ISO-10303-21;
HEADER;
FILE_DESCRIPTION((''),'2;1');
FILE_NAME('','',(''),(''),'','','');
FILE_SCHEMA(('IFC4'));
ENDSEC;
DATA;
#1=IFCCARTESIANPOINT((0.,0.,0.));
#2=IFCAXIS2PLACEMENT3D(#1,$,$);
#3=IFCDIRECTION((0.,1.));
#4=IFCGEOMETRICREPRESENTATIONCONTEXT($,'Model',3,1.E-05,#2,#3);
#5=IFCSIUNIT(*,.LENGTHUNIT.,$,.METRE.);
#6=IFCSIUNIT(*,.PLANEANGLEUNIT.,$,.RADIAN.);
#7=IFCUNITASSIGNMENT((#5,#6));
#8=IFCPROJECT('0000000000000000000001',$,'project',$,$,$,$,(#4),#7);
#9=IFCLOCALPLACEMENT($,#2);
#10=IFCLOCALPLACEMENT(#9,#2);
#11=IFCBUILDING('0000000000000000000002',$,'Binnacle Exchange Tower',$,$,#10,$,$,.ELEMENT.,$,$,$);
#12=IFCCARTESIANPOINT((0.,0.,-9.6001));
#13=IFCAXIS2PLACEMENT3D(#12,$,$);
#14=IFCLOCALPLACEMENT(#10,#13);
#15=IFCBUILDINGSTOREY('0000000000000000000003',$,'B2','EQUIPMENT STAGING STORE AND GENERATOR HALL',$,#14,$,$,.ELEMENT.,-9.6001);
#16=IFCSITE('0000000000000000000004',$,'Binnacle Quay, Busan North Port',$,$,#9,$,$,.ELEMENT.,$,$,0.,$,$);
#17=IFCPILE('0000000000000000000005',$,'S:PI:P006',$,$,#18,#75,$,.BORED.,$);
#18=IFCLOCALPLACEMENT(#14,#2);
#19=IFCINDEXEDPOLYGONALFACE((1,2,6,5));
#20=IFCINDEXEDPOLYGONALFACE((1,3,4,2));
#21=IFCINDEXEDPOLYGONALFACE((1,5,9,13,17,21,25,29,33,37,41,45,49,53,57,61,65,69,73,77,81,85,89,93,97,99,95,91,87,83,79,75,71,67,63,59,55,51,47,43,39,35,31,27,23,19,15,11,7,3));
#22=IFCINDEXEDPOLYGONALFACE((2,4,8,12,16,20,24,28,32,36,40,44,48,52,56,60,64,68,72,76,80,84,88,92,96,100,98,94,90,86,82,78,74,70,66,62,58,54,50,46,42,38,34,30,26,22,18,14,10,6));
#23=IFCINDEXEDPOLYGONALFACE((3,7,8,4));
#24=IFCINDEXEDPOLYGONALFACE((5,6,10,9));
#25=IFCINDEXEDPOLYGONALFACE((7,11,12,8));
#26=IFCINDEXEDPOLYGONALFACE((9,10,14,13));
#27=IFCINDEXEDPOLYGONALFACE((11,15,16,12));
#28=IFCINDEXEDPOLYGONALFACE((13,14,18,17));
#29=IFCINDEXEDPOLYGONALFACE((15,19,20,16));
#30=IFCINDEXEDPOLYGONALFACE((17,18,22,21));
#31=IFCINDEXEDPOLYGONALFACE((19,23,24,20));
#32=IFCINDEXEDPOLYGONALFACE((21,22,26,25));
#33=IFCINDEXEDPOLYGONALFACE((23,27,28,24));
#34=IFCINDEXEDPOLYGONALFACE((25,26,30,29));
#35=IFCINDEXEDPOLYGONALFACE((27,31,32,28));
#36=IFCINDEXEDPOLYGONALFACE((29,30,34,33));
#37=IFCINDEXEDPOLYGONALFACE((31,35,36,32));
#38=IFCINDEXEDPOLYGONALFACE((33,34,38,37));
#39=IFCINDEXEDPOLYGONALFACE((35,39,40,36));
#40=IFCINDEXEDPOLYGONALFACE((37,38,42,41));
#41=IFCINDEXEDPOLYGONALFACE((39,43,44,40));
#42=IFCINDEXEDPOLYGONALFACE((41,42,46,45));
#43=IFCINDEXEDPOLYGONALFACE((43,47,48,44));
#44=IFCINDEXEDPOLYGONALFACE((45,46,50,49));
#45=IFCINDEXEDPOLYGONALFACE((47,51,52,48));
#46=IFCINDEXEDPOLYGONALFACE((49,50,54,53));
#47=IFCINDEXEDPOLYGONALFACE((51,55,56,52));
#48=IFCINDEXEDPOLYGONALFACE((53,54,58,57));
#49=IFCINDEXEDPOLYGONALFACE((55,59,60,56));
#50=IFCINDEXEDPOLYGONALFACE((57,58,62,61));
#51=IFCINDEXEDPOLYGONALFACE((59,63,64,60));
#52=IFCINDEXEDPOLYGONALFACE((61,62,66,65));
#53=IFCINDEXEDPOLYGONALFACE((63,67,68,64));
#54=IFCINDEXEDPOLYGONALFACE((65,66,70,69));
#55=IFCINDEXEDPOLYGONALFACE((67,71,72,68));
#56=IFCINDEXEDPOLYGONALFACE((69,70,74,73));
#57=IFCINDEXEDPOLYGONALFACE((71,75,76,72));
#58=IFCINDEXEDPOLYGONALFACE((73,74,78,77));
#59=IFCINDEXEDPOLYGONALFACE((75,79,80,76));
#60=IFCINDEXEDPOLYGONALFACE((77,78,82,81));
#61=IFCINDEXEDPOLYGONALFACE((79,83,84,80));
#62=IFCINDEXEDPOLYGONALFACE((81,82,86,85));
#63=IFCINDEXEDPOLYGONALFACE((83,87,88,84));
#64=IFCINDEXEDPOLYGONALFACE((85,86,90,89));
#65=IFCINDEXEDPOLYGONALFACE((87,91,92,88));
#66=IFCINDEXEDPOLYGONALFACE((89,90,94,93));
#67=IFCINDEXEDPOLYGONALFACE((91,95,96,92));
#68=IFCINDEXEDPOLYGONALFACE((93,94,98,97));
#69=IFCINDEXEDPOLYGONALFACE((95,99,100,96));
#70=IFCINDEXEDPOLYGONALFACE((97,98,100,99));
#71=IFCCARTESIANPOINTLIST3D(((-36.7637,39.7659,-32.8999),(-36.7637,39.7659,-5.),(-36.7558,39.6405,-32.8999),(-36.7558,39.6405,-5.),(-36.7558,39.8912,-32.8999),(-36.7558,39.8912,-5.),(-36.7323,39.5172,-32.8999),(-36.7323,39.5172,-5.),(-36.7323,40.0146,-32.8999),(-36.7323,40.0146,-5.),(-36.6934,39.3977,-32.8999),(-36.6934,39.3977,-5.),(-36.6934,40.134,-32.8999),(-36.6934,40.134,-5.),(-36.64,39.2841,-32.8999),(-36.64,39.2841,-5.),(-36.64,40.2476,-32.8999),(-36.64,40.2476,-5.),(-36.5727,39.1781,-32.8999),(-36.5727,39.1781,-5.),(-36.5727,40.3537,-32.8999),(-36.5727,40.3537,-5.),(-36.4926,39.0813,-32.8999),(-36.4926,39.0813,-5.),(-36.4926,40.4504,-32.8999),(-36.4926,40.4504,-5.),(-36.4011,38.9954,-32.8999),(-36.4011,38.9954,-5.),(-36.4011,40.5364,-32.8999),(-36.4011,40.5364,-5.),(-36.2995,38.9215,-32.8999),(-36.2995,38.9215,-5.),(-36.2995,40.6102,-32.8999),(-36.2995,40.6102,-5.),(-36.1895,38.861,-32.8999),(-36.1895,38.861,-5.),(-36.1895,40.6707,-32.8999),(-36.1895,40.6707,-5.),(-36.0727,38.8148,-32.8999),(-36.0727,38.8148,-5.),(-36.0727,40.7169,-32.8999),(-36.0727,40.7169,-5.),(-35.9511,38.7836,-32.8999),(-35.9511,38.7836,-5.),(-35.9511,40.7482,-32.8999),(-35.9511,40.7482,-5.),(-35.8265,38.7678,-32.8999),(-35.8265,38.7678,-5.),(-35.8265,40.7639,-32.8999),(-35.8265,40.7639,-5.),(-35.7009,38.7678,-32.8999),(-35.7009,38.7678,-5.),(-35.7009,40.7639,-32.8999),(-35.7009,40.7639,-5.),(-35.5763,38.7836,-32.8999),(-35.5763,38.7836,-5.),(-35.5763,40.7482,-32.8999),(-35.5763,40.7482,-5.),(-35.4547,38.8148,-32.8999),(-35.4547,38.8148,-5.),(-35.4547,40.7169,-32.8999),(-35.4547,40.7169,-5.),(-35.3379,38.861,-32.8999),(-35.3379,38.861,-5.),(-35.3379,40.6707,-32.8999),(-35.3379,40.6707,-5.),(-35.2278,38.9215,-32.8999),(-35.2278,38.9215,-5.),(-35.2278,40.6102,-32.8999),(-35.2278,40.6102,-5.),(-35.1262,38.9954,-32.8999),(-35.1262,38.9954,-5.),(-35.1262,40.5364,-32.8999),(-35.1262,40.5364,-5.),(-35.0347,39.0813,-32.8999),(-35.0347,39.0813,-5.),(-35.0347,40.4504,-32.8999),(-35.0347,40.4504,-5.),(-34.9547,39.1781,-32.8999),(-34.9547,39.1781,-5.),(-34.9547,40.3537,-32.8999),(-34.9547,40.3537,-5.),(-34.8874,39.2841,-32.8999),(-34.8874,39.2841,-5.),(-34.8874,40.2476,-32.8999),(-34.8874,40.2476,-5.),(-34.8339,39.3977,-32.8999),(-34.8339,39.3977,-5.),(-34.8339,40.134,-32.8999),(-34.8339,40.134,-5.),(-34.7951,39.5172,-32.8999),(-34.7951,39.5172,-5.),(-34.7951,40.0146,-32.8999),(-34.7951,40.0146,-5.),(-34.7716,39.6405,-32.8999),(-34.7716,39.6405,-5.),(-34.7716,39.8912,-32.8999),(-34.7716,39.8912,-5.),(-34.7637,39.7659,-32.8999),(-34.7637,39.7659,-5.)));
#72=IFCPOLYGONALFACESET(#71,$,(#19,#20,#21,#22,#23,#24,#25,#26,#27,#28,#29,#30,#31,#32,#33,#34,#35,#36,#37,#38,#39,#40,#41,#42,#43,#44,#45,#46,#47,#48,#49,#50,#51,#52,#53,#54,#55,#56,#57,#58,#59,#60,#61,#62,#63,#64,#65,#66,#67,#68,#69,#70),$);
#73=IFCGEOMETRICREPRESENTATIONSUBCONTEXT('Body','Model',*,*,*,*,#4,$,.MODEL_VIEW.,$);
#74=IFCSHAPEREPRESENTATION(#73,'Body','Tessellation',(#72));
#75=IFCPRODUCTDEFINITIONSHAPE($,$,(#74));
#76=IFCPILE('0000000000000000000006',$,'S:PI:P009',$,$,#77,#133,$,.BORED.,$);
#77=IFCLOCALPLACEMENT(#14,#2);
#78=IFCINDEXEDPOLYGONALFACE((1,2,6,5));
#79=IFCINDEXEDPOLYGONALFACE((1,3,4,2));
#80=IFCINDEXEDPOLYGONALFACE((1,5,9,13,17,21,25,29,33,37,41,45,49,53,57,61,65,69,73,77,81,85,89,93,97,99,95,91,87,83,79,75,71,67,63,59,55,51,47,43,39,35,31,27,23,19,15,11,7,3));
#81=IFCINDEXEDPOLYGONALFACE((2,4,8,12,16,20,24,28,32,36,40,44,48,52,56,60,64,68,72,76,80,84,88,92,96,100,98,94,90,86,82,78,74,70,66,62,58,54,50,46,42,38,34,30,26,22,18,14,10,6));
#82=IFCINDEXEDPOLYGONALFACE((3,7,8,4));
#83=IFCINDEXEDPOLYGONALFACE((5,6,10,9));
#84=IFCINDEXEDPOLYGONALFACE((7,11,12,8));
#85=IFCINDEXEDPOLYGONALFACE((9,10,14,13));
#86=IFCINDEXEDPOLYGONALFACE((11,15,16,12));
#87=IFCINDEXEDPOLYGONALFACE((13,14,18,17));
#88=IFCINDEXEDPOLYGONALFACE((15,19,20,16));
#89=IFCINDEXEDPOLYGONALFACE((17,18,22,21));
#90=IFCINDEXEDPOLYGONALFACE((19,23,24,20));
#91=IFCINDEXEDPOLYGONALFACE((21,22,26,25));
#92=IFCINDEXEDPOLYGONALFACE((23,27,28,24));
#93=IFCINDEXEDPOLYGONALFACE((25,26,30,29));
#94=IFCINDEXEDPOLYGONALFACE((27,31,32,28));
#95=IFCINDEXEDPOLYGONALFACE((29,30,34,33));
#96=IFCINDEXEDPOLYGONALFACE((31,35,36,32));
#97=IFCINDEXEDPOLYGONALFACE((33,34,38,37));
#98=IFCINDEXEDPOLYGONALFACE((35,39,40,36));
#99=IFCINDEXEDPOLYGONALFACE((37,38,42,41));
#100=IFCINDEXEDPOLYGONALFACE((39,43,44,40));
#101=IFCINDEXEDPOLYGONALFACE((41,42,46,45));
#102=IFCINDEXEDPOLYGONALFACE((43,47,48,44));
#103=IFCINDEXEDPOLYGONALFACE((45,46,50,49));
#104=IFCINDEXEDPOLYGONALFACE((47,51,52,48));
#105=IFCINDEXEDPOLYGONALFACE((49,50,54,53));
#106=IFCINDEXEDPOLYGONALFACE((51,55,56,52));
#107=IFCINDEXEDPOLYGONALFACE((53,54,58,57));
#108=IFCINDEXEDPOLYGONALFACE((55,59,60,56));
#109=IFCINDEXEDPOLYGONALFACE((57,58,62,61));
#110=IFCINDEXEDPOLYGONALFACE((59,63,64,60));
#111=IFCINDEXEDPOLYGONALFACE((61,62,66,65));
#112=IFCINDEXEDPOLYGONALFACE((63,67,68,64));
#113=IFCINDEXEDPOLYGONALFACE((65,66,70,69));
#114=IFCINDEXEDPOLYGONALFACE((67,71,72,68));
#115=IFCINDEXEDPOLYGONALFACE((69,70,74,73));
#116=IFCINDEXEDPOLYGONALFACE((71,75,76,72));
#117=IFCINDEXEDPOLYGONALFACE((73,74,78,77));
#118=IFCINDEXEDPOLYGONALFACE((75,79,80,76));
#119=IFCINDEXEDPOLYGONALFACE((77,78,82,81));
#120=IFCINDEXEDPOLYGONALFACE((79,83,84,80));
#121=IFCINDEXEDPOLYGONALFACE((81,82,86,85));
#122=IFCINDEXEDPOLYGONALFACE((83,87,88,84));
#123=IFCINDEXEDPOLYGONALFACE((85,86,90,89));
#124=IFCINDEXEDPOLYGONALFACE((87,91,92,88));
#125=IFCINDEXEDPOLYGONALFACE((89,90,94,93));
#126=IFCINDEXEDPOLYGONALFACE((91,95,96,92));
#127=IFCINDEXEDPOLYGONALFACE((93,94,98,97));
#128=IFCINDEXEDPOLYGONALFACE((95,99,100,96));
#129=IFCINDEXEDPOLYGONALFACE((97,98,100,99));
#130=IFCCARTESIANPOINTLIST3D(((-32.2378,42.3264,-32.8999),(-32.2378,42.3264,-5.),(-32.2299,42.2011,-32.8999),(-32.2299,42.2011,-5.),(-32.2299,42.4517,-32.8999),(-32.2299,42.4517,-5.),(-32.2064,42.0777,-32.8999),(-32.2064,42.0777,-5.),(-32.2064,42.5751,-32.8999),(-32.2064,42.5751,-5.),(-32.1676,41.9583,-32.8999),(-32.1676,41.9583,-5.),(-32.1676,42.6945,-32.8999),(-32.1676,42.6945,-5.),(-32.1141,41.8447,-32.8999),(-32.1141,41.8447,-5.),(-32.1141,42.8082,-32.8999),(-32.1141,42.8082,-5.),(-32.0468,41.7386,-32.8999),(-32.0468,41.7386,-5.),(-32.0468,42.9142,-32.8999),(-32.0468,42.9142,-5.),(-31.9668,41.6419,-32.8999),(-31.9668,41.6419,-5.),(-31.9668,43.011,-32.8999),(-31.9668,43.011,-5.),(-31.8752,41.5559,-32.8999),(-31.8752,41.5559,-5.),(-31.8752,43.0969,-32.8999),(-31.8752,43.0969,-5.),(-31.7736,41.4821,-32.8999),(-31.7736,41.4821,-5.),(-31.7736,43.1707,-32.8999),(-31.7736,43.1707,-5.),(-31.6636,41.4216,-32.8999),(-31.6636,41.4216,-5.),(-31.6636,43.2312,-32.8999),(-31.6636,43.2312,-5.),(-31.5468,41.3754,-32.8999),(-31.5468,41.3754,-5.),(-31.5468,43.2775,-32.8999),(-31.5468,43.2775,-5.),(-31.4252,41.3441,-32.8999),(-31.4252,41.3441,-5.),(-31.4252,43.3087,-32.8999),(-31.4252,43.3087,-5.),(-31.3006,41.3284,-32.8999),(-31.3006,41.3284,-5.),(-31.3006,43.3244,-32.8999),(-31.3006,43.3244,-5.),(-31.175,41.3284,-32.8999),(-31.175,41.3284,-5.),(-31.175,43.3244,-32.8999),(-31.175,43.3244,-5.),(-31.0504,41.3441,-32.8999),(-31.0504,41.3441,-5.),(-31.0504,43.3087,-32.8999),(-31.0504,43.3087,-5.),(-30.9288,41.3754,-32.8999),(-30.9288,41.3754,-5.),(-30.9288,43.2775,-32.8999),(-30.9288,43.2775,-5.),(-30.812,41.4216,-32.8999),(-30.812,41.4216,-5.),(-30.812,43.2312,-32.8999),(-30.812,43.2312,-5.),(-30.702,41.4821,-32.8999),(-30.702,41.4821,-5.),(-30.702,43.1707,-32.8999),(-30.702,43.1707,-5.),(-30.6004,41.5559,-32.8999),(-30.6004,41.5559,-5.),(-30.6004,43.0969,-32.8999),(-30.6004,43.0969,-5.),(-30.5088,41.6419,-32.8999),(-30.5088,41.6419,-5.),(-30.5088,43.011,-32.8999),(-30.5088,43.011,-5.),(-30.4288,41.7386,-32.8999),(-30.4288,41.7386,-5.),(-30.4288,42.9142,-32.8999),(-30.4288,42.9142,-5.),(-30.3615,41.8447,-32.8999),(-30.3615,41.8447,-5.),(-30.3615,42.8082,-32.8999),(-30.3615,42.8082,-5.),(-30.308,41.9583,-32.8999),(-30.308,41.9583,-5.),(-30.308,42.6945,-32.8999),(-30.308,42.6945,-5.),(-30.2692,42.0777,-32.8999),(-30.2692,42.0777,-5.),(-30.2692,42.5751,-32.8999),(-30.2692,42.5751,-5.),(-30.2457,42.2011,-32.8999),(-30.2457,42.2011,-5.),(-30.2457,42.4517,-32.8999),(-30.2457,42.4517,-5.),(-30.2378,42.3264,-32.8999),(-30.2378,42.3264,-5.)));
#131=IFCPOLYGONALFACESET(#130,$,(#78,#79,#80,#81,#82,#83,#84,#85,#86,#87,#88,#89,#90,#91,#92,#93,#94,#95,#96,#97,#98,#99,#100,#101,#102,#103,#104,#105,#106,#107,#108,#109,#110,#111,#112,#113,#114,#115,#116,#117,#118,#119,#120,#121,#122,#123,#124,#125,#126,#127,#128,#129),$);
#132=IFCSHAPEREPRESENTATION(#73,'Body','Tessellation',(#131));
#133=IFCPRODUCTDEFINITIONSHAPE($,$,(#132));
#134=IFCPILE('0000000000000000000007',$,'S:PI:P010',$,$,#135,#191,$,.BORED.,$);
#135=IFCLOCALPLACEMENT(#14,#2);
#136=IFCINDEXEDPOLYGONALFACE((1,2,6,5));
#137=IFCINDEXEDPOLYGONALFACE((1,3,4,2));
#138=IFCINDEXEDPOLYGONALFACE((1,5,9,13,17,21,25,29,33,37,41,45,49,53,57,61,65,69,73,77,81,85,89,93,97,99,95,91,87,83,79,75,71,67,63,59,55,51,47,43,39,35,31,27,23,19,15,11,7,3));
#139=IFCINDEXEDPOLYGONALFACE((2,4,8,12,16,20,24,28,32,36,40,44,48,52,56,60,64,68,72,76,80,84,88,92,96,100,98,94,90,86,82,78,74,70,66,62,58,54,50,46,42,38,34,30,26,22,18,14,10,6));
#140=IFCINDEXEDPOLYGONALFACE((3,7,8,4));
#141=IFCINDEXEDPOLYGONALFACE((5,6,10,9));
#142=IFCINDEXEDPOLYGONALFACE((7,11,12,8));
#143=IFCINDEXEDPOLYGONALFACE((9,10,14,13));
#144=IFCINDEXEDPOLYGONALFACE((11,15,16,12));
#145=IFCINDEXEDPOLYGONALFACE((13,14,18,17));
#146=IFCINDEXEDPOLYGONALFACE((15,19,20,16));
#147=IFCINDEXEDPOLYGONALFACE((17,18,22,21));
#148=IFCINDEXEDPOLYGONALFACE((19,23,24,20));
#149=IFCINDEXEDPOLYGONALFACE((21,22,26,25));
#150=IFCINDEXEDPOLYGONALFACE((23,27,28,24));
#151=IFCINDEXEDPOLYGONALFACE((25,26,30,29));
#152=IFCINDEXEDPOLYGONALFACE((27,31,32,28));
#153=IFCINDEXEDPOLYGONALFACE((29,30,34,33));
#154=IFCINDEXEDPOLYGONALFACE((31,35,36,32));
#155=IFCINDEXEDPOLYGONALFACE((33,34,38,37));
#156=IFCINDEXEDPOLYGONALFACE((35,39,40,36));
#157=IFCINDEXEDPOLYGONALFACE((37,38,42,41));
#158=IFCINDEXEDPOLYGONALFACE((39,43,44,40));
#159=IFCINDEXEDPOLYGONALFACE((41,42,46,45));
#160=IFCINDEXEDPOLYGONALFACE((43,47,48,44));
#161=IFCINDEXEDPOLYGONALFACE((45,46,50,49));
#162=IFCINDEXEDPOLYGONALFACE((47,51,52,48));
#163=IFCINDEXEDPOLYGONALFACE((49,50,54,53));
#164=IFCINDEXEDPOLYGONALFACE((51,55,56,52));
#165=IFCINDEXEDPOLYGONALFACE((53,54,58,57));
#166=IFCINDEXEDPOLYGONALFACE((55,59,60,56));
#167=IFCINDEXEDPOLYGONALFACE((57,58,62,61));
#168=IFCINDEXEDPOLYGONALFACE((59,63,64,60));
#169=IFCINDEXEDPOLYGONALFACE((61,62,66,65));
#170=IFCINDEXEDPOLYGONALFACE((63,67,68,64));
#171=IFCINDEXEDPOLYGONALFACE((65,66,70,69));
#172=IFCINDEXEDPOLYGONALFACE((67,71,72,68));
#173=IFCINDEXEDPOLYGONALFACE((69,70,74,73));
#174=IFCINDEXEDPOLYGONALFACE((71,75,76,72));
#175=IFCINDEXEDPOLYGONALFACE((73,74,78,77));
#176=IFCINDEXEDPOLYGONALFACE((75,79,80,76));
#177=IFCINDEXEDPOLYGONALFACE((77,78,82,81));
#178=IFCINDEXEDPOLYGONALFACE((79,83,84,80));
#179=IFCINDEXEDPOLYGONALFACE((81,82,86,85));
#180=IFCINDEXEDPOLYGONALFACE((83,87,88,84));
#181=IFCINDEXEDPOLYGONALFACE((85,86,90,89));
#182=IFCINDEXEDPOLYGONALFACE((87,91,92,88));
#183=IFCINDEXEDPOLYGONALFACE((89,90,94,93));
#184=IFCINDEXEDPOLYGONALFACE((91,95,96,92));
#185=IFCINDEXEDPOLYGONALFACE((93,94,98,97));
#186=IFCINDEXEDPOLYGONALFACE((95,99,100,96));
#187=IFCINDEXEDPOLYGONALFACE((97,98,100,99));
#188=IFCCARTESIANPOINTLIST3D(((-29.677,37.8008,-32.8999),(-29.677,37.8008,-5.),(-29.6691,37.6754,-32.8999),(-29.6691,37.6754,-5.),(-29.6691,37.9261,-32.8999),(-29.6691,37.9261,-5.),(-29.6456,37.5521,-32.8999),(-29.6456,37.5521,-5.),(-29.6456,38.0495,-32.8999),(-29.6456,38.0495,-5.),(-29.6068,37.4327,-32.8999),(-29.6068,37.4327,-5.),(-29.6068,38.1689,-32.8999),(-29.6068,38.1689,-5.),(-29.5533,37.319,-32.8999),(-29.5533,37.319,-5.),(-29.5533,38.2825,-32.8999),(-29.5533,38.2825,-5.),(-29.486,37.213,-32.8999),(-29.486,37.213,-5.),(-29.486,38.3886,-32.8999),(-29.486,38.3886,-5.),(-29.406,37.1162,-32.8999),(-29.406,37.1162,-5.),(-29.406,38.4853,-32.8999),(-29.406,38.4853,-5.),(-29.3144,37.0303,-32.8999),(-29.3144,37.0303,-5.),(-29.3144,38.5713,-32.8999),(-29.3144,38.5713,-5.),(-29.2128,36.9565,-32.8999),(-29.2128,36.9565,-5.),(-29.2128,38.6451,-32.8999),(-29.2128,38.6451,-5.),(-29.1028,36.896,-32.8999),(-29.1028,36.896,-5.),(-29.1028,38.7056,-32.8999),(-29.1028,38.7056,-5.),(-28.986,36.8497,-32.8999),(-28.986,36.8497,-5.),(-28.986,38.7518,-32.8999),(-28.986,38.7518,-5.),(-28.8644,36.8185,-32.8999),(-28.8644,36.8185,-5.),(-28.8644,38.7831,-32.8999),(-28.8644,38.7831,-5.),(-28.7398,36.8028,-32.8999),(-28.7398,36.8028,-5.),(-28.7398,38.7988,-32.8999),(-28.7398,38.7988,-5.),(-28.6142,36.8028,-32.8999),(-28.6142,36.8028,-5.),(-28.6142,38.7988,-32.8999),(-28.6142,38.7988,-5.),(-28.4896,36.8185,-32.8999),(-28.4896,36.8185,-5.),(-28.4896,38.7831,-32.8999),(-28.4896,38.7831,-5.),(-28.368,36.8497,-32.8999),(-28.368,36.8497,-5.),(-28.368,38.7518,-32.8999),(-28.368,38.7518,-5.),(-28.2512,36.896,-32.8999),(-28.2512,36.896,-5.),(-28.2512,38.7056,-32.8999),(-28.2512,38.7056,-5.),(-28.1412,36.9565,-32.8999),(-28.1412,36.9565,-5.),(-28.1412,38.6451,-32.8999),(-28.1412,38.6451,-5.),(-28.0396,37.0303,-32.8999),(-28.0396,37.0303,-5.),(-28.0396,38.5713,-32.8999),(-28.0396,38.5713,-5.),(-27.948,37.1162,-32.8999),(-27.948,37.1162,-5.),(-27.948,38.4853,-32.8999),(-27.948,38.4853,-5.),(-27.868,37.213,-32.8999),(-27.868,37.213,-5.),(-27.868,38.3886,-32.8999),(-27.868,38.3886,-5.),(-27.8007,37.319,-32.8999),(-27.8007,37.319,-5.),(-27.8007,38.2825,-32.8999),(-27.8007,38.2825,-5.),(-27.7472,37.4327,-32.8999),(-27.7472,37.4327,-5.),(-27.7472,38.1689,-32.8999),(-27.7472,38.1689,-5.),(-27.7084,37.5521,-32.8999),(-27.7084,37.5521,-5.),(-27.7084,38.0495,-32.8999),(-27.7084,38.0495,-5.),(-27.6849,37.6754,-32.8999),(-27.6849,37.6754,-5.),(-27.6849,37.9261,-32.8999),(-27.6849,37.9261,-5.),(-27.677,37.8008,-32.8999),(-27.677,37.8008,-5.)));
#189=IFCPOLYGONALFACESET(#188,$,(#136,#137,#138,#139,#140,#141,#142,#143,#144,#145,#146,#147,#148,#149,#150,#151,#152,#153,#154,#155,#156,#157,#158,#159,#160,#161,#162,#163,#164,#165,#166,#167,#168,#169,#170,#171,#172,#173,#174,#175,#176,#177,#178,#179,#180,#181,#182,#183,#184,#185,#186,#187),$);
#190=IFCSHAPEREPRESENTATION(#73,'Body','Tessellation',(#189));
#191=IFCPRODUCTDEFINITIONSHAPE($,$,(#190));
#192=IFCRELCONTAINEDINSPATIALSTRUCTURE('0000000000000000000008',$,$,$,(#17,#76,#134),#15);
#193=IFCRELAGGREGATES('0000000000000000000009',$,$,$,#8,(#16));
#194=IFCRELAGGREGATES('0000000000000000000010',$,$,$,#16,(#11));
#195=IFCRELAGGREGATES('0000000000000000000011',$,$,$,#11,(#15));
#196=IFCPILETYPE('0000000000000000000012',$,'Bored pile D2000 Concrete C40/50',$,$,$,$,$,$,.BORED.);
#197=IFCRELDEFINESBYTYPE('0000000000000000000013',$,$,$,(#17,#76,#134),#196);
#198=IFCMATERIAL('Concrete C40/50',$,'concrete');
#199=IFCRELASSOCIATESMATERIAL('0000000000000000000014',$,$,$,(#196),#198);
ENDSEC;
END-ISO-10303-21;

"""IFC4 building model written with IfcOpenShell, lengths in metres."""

from ifc_helpers import new_model, si_unit, direction, frame, origin, origin_2d, place, context, subcontext, project, spatial, circle, extrude, material, material_profile, profile_set, type_object, element, save


model = new_model("IFC4")

# Units and contexts
model_context = context("Model", 3, precision=1e-05, world=origin(), true_north=direction((0.0, 1.0)))
body_context = subcontext(model_context, "Body", "Model", "MODEL_VIEW")
ifc_project = project(units=[si_unit("LENGTHUNIT", "METRE"), si_unit("PLANEANGLEUNIT", "RADIAN")], contexts=[model_context])

# Site, building, storey
site_placement = place(None, origin())
site = spatial("IfcSite", under=ifc_project, at=site_placement, Name="Binnacle Quay, Busan North Port", CompositionType="ELEMENT", RefElevation=0.0)
building_placement = place(site_placement, origin())
building = spatial("IfcBuilding", under=site, at=building_placement, Name="Binnacle Exchange Tower", CompositionType="ELEMENT")
storey_placement = place(building_placement, frame((0.0, 0.0, -9.6001)))
storey = spatial("IfcBuildingStorey", under=building, at=storey_placement, Name="B2", Description="EQUIPMENT STAGING STORE AND GENERATOR HALL", CompositionType="ELEMENT", Elevation=-9.6001)

# Piles
ifc_material_1 = material(Name="Concrete C40/50", Category="concrete")
ifc_material_profile_1 = material_profile(ifc_material_1, circle(Radius=1.0, at=origin_2d()), Name="Bored pile D2000")
ifc_profile_set_1 = profile_set([ifc_material_profile_1], Name="Concrete C40/50")
pile_type = type_object("IfcPileType", Name="Bored pile D2000 Concrete C40/50", PredefinedType="BORED", material=ifc_profile_set_1)
for number, where, z_axis, x_axis, name in (
    (1, (-35.7637, 39.7659, -5.0), (0.0, 0.0, -1.0), (1.0, 0.0, 0.0), "S:PI:P006"),
    (2, (-31.2378, 42.3264, -5.0), (0.0, 0.0, -1.0), (1.0, 0.0, 0.0), "S:PI:P009"),
    (3, (-28.677, 37.8008, -5.0), (0.0, 0.0, -1.0), (1.0, 0.0, 0.0), "S:PI:P010"),
):
    element("IfcPile", number, at=place(storey_placement, frame(where, z_axis=z_axis, x_axis=x_axis)), inside=storey, type_object=pile_type, Name=name, PredefinedType="BORED", context=body_context, shape_type="SweptSolid", body=[
        extrude(circle(Radius=1.0, at=origin_2d()), origin(), (0.0, 0.0, 1.0), 27.8999),
    ])

save(model, "model.ifc")
